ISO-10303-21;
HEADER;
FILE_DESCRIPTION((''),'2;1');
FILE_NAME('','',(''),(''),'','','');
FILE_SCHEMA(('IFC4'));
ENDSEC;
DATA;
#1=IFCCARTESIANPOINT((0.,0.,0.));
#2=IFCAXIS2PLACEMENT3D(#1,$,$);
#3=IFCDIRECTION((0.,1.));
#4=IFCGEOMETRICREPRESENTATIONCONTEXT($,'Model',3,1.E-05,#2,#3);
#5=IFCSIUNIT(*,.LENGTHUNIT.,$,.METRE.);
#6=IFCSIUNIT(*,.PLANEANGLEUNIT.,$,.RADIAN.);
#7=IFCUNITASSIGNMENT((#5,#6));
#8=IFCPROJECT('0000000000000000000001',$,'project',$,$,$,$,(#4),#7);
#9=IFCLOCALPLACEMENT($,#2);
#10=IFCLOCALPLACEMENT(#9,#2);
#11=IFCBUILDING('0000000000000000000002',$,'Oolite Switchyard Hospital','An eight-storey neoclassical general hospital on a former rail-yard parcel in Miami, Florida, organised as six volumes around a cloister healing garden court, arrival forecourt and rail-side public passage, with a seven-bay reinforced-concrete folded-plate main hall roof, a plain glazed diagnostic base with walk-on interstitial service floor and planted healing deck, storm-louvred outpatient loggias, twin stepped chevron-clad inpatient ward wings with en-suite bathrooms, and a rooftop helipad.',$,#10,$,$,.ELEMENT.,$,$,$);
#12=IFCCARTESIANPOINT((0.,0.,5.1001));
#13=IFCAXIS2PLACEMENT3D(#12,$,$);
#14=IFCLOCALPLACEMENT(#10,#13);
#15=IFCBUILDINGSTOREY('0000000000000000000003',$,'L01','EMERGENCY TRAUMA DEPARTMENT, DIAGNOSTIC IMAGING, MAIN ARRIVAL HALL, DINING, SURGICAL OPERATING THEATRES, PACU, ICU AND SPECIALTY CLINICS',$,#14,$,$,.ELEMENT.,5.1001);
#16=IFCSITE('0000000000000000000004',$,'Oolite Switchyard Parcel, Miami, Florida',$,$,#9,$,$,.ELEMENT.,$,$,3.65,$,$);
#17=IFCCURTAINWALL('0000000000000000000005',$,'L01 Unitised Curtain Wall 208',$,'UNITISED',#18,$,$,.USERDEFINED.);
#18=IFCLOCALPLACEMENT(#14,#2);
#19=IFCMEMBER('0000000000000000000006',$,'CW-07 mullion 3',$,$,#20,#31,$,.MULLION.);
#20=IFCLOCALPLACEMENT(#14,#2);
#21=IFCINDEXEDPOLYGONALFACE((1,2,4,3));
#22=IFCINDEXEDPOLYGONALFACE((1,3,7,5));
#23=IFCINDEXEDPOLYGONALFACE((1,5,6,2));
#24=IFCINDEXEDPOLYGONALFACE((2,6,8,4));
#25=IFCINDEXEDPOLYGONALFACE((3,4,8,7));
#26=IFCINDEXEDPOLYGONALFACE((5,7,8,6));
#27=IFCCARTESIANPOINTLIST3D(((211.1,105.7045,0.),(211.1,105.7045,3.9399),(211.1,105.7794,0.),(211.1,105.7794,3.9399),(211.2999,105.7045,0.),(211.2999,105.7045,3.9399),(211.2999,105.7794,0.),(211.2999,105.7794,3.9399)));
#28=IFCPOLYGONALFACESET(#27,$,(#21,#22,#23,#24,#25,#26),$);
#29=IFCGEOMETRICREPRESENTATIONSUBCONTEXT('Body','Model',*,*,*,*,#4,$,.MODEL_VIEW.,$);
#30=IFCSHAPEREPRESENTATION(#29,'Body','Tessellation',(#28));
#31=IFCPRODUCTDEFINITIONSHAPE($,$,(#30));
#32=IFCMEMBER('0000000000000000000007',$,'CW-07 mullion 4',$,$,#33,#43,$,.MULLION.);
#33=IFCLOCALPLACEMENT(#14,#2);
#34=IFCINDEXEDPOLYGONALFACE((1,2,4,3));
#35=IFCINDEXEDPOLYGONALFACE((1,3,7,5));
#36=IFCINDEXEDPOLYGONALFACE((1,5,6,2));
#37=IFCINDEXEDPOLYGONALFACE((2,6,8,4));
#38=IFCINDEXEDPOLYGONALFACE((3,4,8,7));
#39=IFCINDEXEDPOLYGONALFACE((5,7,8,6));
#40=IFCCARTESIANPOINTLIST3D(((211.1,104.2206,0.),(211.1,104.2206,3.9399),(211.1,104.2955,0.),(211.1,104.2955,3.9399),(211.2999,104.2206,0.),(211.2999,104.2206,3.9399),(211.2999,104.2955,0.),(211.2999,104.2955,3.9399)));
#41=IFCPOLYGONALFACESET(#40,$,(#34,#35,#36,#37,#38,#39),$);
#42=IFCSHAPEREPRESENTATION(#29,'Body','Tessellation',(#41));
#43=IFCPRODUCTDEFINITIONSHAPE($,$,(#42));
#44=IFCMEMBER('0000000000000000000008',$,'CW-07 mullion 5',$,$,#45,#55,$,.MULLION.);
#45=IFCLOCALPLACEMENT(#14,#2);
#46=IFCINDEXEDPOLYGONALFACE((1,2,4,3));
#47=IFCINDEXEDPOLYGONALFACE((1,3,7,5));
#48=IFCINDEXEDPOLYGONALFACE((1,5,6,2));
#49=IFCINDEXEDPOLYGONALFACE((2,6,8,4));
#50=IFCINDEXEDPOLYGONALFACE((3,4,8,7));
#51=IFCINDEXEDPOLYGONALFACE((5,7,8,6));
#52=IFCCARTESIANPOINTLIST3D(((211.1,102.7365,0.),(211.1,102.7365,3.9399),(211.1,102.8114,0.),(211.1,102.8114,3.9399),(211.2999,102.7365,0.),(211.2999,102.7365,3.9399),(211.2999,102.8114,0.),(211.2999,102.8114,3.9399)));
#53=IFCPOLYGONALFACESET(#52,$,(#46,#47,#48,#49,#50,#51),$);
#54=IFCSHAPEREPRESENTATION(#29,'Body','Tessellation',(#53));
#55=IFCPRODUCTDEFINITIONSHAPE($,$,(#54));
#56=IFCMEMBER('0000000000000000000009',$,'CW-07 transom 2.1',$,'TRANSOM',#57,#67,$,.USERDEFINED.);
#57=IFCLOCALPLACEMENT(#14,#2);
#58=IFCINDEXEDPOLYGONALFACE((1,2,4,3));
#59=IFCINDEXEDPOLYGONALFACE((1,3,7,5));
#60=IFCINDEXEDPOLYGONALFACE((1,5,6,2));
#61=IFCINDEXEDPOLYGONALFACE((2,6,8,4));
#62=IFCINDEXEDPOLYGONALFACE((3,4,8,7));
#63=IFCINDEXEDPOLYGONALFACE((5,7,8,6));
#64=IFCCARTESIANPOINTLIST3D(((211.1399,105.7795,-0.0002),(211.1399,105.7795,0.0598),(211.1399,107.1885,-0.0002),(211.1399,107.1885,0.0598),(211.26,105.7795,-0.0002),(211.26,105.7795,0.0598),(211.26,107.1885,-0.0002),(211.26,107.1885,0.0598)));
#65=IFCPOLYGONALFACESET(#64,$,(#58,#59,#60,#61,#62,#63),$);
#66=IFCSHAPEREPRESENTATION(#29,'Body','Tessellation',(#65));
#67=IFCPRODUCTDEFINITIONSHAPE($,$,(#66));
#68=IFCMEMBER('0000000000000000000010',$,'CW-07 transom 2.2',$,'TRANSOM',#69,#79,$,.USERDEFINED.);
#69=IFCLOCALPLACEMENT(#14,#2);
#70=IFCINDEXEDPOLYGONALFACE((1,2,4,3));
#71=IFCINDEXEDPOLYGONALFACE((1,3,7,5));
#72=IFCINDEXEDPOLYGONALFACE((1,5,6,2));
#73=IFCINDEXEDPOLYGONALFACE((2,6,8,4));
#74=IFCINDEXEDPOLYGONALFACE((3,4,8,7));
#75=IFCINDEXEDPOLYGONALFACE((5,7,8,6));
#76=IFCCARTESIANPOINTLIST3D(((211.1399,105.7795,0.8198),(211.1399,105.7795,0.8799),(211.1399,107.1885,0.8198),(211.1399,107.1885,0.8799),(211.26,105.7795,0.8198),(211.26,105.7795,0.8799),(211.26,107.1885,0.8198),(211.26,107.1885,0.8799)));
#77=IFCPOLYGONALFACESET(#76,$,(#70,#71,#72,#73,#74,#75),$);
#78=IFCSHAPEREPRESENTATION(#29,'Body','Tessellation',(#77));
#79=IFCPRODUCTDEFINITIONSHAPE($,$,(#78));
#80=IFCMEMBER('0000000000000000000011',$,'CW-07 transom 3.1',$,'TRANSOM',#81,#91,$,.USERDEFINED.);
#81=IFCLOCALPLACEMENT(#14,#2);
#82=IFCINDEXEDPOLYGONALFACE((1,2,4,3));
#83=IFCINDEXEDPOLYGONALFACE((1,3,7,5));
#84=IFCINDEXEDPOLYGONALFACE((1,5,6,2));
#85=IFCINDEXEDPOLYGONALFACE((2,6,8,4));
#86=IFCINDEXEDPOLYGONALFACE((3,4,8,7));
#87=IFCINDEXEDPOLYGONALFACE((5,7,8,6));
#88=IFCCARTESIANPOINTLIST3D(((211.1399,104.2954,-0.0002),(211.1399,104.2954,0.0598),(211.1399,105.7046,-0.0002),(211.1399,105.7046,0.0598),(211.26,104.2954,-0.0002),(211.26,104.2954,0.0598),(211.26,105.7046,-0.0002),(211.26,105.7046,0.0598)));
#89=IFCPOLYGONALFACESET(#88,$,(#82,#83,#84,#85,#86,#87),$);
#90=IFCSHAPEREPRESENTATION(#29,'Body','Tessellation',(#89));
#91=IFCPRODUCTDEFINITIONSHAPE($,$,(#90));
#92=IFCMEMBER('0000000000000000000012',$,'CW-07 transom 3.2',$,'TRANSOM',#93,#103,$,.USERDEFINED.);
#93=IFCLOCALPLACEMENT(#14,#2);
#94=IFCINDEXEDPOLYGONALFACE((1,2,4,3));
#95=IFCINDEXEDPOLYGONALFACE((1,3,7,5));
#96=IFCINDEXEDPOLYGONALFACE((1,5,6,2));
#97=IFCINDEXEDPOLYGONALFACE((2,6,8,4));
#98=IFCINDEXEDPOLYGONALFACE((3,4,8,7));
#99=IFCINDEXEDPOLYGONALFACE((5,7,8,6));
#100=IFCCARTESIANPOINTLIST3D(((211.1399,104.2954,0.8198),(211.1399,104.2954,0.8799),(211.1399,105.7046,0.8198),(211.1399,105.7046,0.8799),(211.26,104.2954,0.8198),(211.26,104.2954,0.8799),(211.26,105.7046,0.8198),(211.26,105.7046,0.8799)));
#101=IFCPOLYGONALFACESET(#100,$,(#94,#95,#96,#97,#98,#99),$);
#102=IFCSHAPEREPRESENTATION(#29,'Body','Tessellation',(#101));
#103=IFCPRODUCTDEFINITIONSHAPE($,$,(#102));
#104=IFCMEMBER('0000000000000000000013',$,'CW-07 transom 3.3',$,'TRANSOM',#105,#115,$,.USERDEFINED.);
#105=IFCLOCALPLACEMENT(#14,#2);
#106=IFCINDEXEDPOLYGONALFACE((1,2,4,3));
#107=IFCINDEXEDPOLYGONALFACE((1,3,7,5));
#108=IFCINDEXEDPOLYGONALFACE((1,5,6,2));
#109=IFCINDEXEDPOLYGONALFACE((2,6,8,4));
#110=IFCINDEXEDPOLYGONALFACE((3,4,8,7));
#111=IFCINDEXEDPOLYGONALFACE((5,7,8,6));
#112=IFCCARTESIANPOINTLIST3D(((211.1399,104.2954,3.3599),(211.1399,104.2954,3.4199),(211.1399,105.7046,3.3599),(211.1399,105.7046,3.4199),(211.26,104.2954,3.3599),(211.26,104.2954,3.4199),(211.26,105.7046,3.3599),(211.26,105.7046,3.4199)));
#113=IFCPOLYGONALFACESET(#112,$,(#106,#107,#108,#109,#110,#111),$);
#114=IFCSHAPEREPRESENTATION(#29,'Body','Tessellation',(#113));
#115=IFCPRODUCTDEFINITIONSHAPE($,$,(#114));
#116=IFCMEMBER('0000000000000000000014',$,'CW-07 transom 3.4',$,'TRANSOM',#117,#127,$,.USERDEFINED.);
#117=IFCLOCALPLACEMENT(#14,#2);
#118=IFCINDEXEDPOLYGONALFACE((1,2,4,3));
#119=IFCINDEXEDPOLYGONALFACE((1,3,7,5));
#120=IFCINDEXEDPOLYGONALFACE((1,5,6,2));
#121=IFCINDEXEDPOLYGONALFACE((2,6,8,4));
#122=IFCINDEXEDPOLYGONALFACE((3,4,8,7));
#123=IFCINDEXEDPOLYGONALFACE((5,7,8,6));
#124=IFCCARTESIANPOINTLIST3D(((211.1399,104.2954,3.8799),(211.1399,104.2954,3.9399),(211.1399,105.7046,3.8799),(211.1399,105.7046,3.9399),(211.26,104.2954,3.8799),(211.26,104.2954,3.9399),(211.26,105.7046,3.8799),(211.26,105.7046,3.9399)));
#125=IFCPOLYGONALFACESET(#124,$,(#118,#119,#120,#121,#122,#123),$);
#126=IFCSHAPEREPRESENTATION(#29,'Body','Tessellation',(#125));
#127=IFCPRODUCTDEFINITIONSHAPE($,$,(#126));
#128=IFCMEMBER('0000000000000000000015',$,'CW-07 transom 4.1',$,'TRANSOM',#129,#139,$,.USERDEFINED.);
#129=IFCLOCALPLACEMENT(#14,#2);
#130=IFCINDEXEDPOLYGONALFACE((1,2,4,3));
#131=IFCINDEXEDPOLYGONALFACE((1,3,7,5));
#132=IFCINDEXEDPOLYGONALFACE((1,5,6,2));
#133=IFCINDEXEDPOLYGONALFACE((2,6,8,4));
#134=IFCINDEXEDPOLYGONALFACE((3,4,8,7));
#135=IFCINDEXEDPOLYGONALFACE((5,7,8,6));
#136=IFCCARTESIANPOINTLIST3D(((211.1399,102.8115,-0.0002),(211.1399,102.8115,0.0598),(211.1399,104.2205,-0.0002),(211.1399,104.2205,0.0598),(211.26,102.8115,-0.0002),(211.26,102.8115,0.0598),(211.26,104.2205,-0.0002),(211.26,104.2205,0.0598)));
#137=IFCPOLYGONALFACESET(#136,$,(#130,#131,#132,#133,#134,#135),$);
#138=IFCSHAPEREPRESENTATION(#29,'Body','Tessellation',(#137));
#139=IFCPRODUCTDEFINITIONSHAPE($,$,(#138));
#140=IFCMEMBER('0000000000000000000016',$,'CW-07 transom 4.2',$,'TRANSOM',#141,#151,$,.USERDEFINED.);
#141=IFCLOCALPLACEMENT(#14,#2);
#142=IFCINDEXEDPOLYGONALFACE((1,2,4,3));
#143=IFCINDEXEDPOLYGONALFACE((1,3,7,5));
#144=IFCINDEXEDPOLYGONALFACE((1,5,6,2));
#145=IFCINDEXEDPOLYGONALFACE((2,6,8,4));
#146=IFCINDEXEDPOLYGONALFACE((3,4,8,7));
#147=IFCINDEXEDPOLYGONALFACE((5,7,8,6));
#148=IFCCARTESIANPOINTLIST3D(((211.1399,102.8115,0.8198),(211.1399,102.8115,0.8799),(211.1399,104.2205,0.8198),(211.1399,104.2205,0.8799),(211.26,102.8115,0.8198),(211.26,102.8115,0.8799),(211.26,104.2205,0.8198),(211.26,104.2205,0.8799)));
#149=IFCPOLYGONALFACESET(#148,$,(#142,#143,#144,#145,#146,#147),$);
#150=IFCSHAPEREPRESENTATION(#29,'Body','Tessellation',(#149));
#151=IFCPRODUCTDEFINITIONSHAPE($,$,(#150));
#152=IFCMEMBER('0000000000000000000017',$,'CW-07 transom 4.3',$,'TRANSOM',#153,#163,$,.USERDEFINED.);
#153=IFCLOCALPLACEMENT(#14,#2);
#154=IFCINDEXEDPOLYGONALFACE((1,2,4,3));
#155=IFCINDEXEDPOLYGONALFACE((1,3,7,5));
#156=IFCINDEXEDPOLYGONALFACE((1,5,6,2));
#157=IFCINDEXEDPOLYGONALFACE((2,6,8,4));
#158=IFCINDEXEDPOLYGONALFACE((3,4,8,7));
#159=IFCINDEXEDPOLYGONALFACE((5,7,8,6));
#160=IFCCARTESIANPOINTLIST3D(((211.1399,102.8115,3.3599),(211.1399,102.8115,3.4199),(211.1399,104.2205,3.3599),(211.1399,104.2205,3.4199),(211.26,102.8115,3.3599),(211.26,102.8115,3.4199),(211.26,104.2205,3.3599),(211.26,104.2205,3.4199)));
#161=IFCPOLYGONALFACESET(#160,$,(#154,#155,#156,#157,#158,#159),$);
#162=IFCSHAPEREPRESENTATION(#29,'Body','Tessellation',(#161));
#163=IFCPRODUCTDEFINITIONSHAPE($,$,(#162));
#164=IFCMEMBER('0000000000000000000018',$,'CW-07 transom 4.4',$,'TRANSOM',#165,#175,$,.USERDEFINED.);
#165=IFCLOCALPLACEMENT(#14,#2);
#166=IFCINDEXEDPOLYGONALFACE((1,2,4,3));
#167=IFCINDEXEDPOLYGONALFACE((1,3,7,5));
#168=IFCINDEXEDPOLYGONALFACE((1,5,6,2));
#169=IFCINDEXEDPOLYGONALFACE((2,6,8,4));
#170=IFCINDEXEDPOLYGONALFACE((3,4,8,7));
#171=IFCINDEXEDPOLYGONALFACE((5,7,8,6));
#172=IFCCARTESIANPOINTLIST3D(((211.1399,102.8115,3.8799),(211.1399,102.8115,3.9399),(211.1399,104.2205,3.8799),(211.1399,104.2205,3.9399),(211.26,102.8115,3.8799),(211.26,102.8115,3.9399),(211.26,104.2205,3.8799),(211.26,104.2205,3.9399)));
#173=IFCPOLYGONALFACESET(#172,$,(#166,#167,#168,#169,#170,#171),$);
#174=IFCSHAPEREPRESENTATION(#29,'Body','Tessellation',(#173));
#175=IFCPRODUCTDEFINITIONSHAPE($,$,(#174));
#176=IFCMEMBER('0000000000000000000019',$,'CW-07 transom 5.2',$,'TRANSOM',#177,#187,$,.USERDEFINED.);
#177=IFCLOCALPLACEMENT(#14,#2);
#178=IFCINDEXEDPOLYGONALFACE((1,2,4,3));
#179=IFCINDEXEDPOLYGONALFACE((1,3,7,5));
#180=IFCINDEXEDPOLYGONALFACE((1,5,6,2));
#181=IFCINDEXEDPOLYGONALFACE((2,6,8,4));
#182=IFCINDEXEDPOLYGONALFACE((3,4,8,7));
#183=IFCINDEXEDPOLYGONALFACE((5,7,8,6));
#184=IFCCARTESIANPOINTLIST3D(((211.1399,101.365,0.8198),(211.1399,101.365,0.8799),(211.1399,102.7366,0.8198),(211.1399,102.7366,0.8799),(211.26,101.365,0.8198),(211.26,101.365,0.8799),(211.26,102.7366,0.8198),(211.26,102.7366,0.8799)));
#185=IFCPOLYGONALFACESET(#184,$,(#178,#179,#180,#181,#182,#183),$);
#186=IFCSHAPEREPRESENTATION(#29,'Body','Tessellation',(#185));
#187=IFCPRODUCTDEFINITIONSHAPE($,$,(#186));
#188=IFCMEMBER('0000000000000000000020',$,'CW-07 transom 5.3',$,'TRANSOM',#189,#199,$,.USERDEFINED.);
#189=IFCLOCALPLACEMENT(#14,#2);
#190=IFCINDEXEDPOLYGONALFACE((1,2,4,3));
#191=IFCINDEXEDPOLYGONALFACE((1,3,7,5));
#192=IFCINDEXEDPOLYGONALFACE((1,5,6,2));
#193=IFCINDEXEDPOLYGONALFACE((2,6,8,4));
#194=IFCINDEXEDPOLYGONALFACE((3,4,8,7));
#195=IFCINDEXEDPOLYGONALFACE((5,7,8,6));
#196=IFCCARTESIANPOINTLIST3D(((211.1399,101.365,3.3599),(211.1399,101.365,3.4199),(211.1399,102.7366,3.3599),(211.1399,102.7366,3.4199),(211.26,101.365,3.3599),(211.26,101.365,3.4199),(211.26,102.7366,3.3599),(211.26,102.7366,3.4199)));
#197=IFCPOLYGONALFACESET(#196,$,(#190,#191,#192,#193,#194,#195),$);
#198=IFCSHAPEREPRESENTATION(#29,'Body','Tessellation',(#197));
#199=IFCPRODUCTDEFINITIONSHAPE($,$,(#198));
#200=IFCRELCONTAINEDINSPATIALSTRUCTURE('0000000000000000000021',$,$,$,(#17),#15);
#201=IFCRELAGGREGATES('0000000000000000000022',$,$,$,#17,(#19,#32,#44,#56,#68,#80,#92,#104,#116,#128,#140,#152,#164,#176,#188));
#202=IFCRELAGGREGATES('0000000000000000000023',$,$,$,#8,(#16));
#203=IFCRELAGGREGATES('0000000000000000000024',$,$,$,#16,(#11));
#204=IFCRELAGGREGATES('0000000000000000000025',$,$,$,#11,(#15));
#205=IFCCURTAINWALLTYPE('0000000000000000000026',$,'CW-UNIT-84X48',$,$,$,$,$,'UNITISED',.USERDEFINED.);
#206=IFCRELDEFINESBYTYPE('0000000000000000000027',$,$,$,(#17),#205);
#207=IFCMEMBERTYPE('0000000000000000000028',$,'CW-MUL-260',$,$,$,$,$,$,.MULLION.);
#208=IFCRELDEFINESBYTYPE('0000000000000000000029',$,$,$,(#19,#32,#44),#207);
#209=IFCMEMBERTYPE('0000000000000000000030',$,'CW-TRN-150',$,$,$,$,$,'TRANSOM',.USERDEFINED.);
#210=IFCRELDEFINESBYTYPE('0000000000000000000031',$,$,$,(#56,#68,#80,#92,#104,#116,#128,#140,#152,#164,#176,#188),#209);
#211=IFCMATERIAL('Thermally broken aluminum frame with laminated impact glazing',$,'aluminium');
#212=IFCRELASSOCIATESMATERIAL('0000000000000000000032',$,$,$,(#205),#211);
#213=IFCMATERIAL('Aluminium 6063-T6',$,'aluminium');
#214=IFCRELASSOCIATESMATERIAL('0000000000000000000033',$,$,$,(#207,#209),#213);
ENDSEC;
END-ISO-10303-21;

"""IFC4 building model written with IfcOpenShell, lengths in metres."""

from ifc_helpers import new_model, si_unit, direction, frame, origin, origin_2d, place, context, subcontext, project, spatial, rectangle, extrude, material, material_profile, profile_set, type_object, element, aggregate, save


model = new_model("IFC4")

# Units and contexts
model_context = context("Model", 3, precision=1e-05, world=origin(), true_north=direction((0.0, 1.0)))
body_context = subcontext(model_context, "Body", "Model", "MODEL_VIEW")
ifc_project = project(units=[si_unit("LENGTHUNIT", "METRE"), si_unit("PLANEANGLEUNIT", "RADIAN")], contexts=[model_context])

# Site, building, storey
site_placement = place(None, origin())
site = spatial("IfcSite", under=ifc_project, at=site_placement, Name="Oolite Switchyard Parcel, Miami, Florida", CompositionType="ELEMENT", RefElevation=3.65)
building_placement = place(site_placement, origin())
building = spatial("IfcBuilding", under=site, at=building_placement, Name="Oolite Switchyard Hospital", Description="An eight-storey neoclassical general hospital on a former rail-yard parcel in Miami, Florida, organised as six volumes around a cloister healing garden court, arrival forecourt and rail-side public passage, with a seven-bay reinforced-concrete folded-plate main hall roof, a plain glazed diagnostic base with walk-on interstitial service floor and planted healing deck, storm-louvred outpatient loggias, twin stepped chevron-clad inpatient ward wings with en-suite bathrooms, and a rooftop helipad.", CompositionType="ELEMENT")
storey_placement = place(building_placement, frame((0.0, 0.0, 5.1001)))
storey = spatial("IfcBuildingStorey", under=building, at=storey_placement, Name="L01", Description="EMERGENCY TRAUMA DEPARTMENT, DIAGNOSTIC IMAGING, MAIN ARRIVAL HALL, DINING, SURGICAL OPERATING THEATRES, PACU, ICU AND SPECIALTY CLINICS", CompositionType="ELEMENT", Elevation=5.1001)

# Curtain wall, members
ifc_material_1 = material(Name="Thermally broken aluminum frame with laminated impact glazing", Category="aluminium")
curtain_wall_type = type_object("IfcCurtainWallType", Name="CW-UNIT-84X48", ElementType="UNITISED", PredefinedType="USERDEFINED", material=ifc_material_1)
curtain_wall_placement = place(storey_placement, origin())
curtain_wall = element("IfcCurtainWall", 1, at=curtain_wall_placement, inside=storey, type_object=curtain_wall_type, Name="L01 Unitised Curtain Wall 208", ObjectType="UNITISED", PredefinedType="USERDEFINED")
ifc_material_2 = material(Name="Aluminium 6063-T6", Category="aluminium")
ifc_material_profile_1 = material_profile(ifc_material_2, rectangle(XDim=0.2, YDim=0.075, at=origin_2d()), Name="CWM75X200")
ifc_profile_set_1 = profile_set([ifc_material_profile_1], Name="Aluminium 6063-T6")
member_type_1 = type_object("IfcMemberType", Name="CW-MUL-260", PredefinedType="MULLION", material=ifc_profile_set_1)
member_1_placement = place(storey_placement, frame((211.2, 105.7419, 0.0), z_axis=(0.0, 0.0, 1.0), x_axis=(1.0, 0.0, 0.0)))
member_1 = element("IfcMember", 2, at=member_1_placement, type_object=member_type_1, Name="CW-07 mullion 3", PredefinedType="MULLION", context=body_context, shape_type="SweptSolid", body=[
    extrude(rectangle(XDim=0.2, YDim=0.075, at=origin_2d()), origin(), (0.0, 0.0, 1.0), 3.9399),
])
member_2_placement = place(storey_placement, frame((211.2, 104.2581, 0.0), z_axis=(0.0, 0.0, 1.0), x_axis=(1.0, 0.0, 0.0)))
member_2 = element("IfcMember", 3, at=member_2_placement, type_object=member_type_1, Name="CW-07 mullion 4", PredefinedType="MULLION", context=body_context, shape_type="SweptSolid", body=[
    extrude(rectangle(XDim=0.2, YDim=0.075, at=origin_2d()), origin(), (0.0, 0.0, 1.0), 3.9399),
])
member_3_placement = place(storey_placement, frame((211.2, 102.7739, 0.0), z_axis=(0.0, 0.0, 1.0), x_axis=(1.0, 0.0, 0.0)))
member_3 = element("IfcMember", 4, at=member_3_placement, type_object=member_type_1, Name="CW-07 mullion 5", PredefinedType="MULLION", context=body_context, shape_type="SweptSolid", body=[
    extrude(rectangle(XDim=0.2, YDim=0.075, at=origin_2d()), origin(), (0.0, 0.0, 1.0), 3.9399),
])
ifc_material_profile_2 = material_profile(ifc_material_2, rectangle(XDim=0.1201, YDim=0.0601, at=origin_2d()), Name="CWT60X120")
ifc_profile_set_2 = profile_set([ifc_material_profile_2], Name="Aluminium 6063-T6")
member_type_2 = type_object("IfcMemberType", Name="CW-TRN-150", ElementType="TRANSOM", PredefinedType="USERDEFINED", material=ifc_profile_set_2)
member_4_placement = place(storey_placement, frame((211.2, 107.1885, 0.0298), z_axis=(0.0, -1.0, 0.0), x_axis=(1.0, 0.0, 0.0)))
member_4 = element("IfcMember", 5, at=member_4_placement, type_object=member_type_2, Name="CW-07 transom 2.1", ObjectType="TRANSOM", PredefinedType="USERDEFINED", context=body_context, shape_type="SweptSolid", body=[
    extrude(rectangle(XDim=0.1201, YDim=0.0601, at=origin_2d()), origin(), (0.0, 0.0, 1.0), 1.4089),
])
member_5_placement = place(storey_placement, frame((211.2, 107.1885, 0.8499), z_axis=(0.0, -1.0, 0.0), x_axis=(1.0, 0.0, 0.0)))
member_5 = element("IfcMember", 6, at=member_5_placement, type_object=member_type_2, Name="CW-07 transom 2.2", ObjectType="TRANSOM", PredefinedType="USERDEFINED", context=body_context, shape_type="SweptSolid", body=[
    extrude(rectangle(XDim=0.1201, YDim=0.0601, at=origin_2d()), origin(), (0.0, 0.0, 1.0), 1.4089),
])
member_6_placement = place(storey_placement, frame((211.2, 105.7046, 0.0298), z_axis=(0.0, -1.0, 0.0), x_axis=(1.0, 0.0, 0.0)))
member_6 = element("IfcMember", 7, at=member_6_placement, type_object=member_type_2, Name="CW-07 transom 3.1", ObjectType="TRANSOM", PredefinedType="USERDEFINED", context=body_context, shape_type="SweptSolid", body=[
    extrude(rectangle(XDim=0.1201, YDim=0.0601, at=origin_2d()), origin(), (0.0, 0.0, 1.0), 1.4092),
])
member_7_placement = place(storey_placement, frame((211.2, 105.7046, 0.8499), z_axis=(0.0, -1.0, 0.0), x_axis=(1.0, 0.0, 0.0)))
member_7 = element("IfcMember", 8, at=member_7_placement, type_object=member_type_2, Name="CW-07 transom 3.2", ObjectType="TRANSOM", PredefinedType="USERDEFINED", context=body_context, shape_type="SweptSolid", body=[
    extrude(rectangle(XDim=0.1201, YDim=0.0601, at=origin_2d()), origin(), (0.0, 0.0, 1.0), 1.4092),
])
member_8_placement = place(storey_placement, frame((211.2, 105.7046, 3.3899), z_axis=(0.0, -1.0, 0.0), x_axis=(1.0, 0.0, 0.0)))
member_8 = element("IfcMember", 9, at=member_8_placement, type_object=member_type_2, Name="CW-07 transom 3.3", ObjectType="TRANSOM", PredefinedType="USERDEFINED", context=body_context, shape_type="SweptSolid", body=[
    extrude(rectangle(XDim=0.1201, YDim=0.0601, at=origin_2d()), origin(), (0.0, 0.0, 1.0), 1.4092),
])
member_9_placement = place(storey_placement, frame((211.2, 105.7046, 3.9099), z_axis=(0.0, -1.0, 0.0), x_axis=(1.0, 0.0, 0.0)))
member_9 = element("IfcMember", 10, at=member_9_placement, type_object=member_type_2, Name="CW-07 transom 3.4", ObjectType="TRANSOM", PredefinedType="USERDEFINED", context=body_context, shape_type="SweptSolid", body=[
    extrude(rectangle(XDim=0.1201, YDim=0.0601, at=origin_2d()), origin(), (0.0, 0.0, 1.0), 1.4092),
])
member_10_placement = place(storey_placement, frame((211.2, 104.2205, 0.0298), z_axis=(0.0, -1.0, 0.0), x_axis=(1.0, 0.0, 0.0)))
member_10 = element("IfcMember", 11, at=member_10_placement, type_object=member_type_2, Name="CW-07 transom 4.1", ObjectType="TRANSOM", PredefinedType="USERDEFINED", context=body_context, shape_type="SweptSolid", body=[
    extrude(rectangle(XDim=0.1201, YDim=0.0601, at=origin_2d()), origin(), (0.0, 0.0, 1.0), 1.4089),
])
member_11_placement = place(storey_placement, frame((211.2, 104.2205, 0.8499), z_axis=(0.0, -1.0, 0.0), x_axis=(1.0, 0.0, 0.0)))
member_11 = element("IfcMember", 12, at=member_11_placement, type_object=member_type_2, Name="CW-07 transom 4.2", ObjectType="TRANSOM", PredefinedType="USERDEFINED", context=body_context, shape_type="SweptSolid", body=[
    extrude(rectangle(XDim=0.1201, YDim=0.0601, at=origin_2d()), origin(), (0.0, 0.0, 1.0), 1.4089),
])
member_12_placement = place(storey_placement, frame((211.2, 104.2205, 3.3899), z_axis=(0.0, -1.0, 0.0), x_axis=(1.0, 0.0, 0.0)))
member_12 = element("IfcMember", 13, at=member_12_placement, type_object=member_type_2, Name="CW-07 transom 4.3", ObjectType="TRANSOM", PredefinedType="USERDEFINED", context=body_context, shape_type="SweptSolid", body=[
    extrude(rectangle(XDim=0.1201, YDim=0.0601, at=origin_2d()), origin(), (0.0, 0.0, 1.0), 1.4089),
])
member_13_placement = place(storey_placement, frame((211.2, 104.2205, 3.9099), z_axis=(0.0, -1.0, 0.0), x_axis=(1.0, 0.0, 0.0)))
member_13 = element("IfcMember", 14, at=member_13_placement, type_object=member_type_2, Name="CW-07 transom 4.4", ObjectType="TRANSOM", PredefinedType="USERDEFINED", context=body_context, shape_type="SweptSolid", body=[
    extrude(rectangle(XDim=0.1201, YDim=0.0601, at=origin_2d()), origin(), (0.0, 0.0, 1.0), 1.4089),
])
member_14_placement = place(storey_placement, frame((211.2, 102.7366, 0.8499), z_axis=(0.0, -1.0, 0.0), x_axis=(1.0, 0.0, 0.0)))
member_14 = element("IfcMember", 15, at=member_14_placement, type_object=member_type_2, Name="CW-07 transom 5.2", ObjectType="TRANSOM", PredefinedType="USERDEFINED", context=body_context, shape_type="SweptSolid", body=[
    extrude(rectangle(XDim=0.1201, YDim=0.0601, at=origin_2d()), origin(), (0.0, 0.0, 1.0), 1.3716),
])
member_15_placement = place(storey_placement, frame((211.2, 102.7366, 3.3899), z_axis=(0.0, -1.0, 0.0), x_axis=(1.0, 0.0, 0.0)))
member_15 = element("IfcMember", 16, at=member_15_placement, type_object=member_type_2, Name="CW-07 transom 5.3", ObjectType="TRANSOM", PredefinedType="USERDEFINED", context=body_context, shape_type="SweptSolid", body=[
    extrude(rectangle(XDim=0.1201, YDim=0.0601, at=origin_2d()), origin(), (0.0, 0.0, 1.0), 1.3716),
])
aggregate(curtain_wall, [member_1, member_2, member_3, member_4, member_5, member_6, member_7, member_8, member_9, member_10, member_11, member_12, member_13, member_14, member_15])

save(model, "model.ifc")
